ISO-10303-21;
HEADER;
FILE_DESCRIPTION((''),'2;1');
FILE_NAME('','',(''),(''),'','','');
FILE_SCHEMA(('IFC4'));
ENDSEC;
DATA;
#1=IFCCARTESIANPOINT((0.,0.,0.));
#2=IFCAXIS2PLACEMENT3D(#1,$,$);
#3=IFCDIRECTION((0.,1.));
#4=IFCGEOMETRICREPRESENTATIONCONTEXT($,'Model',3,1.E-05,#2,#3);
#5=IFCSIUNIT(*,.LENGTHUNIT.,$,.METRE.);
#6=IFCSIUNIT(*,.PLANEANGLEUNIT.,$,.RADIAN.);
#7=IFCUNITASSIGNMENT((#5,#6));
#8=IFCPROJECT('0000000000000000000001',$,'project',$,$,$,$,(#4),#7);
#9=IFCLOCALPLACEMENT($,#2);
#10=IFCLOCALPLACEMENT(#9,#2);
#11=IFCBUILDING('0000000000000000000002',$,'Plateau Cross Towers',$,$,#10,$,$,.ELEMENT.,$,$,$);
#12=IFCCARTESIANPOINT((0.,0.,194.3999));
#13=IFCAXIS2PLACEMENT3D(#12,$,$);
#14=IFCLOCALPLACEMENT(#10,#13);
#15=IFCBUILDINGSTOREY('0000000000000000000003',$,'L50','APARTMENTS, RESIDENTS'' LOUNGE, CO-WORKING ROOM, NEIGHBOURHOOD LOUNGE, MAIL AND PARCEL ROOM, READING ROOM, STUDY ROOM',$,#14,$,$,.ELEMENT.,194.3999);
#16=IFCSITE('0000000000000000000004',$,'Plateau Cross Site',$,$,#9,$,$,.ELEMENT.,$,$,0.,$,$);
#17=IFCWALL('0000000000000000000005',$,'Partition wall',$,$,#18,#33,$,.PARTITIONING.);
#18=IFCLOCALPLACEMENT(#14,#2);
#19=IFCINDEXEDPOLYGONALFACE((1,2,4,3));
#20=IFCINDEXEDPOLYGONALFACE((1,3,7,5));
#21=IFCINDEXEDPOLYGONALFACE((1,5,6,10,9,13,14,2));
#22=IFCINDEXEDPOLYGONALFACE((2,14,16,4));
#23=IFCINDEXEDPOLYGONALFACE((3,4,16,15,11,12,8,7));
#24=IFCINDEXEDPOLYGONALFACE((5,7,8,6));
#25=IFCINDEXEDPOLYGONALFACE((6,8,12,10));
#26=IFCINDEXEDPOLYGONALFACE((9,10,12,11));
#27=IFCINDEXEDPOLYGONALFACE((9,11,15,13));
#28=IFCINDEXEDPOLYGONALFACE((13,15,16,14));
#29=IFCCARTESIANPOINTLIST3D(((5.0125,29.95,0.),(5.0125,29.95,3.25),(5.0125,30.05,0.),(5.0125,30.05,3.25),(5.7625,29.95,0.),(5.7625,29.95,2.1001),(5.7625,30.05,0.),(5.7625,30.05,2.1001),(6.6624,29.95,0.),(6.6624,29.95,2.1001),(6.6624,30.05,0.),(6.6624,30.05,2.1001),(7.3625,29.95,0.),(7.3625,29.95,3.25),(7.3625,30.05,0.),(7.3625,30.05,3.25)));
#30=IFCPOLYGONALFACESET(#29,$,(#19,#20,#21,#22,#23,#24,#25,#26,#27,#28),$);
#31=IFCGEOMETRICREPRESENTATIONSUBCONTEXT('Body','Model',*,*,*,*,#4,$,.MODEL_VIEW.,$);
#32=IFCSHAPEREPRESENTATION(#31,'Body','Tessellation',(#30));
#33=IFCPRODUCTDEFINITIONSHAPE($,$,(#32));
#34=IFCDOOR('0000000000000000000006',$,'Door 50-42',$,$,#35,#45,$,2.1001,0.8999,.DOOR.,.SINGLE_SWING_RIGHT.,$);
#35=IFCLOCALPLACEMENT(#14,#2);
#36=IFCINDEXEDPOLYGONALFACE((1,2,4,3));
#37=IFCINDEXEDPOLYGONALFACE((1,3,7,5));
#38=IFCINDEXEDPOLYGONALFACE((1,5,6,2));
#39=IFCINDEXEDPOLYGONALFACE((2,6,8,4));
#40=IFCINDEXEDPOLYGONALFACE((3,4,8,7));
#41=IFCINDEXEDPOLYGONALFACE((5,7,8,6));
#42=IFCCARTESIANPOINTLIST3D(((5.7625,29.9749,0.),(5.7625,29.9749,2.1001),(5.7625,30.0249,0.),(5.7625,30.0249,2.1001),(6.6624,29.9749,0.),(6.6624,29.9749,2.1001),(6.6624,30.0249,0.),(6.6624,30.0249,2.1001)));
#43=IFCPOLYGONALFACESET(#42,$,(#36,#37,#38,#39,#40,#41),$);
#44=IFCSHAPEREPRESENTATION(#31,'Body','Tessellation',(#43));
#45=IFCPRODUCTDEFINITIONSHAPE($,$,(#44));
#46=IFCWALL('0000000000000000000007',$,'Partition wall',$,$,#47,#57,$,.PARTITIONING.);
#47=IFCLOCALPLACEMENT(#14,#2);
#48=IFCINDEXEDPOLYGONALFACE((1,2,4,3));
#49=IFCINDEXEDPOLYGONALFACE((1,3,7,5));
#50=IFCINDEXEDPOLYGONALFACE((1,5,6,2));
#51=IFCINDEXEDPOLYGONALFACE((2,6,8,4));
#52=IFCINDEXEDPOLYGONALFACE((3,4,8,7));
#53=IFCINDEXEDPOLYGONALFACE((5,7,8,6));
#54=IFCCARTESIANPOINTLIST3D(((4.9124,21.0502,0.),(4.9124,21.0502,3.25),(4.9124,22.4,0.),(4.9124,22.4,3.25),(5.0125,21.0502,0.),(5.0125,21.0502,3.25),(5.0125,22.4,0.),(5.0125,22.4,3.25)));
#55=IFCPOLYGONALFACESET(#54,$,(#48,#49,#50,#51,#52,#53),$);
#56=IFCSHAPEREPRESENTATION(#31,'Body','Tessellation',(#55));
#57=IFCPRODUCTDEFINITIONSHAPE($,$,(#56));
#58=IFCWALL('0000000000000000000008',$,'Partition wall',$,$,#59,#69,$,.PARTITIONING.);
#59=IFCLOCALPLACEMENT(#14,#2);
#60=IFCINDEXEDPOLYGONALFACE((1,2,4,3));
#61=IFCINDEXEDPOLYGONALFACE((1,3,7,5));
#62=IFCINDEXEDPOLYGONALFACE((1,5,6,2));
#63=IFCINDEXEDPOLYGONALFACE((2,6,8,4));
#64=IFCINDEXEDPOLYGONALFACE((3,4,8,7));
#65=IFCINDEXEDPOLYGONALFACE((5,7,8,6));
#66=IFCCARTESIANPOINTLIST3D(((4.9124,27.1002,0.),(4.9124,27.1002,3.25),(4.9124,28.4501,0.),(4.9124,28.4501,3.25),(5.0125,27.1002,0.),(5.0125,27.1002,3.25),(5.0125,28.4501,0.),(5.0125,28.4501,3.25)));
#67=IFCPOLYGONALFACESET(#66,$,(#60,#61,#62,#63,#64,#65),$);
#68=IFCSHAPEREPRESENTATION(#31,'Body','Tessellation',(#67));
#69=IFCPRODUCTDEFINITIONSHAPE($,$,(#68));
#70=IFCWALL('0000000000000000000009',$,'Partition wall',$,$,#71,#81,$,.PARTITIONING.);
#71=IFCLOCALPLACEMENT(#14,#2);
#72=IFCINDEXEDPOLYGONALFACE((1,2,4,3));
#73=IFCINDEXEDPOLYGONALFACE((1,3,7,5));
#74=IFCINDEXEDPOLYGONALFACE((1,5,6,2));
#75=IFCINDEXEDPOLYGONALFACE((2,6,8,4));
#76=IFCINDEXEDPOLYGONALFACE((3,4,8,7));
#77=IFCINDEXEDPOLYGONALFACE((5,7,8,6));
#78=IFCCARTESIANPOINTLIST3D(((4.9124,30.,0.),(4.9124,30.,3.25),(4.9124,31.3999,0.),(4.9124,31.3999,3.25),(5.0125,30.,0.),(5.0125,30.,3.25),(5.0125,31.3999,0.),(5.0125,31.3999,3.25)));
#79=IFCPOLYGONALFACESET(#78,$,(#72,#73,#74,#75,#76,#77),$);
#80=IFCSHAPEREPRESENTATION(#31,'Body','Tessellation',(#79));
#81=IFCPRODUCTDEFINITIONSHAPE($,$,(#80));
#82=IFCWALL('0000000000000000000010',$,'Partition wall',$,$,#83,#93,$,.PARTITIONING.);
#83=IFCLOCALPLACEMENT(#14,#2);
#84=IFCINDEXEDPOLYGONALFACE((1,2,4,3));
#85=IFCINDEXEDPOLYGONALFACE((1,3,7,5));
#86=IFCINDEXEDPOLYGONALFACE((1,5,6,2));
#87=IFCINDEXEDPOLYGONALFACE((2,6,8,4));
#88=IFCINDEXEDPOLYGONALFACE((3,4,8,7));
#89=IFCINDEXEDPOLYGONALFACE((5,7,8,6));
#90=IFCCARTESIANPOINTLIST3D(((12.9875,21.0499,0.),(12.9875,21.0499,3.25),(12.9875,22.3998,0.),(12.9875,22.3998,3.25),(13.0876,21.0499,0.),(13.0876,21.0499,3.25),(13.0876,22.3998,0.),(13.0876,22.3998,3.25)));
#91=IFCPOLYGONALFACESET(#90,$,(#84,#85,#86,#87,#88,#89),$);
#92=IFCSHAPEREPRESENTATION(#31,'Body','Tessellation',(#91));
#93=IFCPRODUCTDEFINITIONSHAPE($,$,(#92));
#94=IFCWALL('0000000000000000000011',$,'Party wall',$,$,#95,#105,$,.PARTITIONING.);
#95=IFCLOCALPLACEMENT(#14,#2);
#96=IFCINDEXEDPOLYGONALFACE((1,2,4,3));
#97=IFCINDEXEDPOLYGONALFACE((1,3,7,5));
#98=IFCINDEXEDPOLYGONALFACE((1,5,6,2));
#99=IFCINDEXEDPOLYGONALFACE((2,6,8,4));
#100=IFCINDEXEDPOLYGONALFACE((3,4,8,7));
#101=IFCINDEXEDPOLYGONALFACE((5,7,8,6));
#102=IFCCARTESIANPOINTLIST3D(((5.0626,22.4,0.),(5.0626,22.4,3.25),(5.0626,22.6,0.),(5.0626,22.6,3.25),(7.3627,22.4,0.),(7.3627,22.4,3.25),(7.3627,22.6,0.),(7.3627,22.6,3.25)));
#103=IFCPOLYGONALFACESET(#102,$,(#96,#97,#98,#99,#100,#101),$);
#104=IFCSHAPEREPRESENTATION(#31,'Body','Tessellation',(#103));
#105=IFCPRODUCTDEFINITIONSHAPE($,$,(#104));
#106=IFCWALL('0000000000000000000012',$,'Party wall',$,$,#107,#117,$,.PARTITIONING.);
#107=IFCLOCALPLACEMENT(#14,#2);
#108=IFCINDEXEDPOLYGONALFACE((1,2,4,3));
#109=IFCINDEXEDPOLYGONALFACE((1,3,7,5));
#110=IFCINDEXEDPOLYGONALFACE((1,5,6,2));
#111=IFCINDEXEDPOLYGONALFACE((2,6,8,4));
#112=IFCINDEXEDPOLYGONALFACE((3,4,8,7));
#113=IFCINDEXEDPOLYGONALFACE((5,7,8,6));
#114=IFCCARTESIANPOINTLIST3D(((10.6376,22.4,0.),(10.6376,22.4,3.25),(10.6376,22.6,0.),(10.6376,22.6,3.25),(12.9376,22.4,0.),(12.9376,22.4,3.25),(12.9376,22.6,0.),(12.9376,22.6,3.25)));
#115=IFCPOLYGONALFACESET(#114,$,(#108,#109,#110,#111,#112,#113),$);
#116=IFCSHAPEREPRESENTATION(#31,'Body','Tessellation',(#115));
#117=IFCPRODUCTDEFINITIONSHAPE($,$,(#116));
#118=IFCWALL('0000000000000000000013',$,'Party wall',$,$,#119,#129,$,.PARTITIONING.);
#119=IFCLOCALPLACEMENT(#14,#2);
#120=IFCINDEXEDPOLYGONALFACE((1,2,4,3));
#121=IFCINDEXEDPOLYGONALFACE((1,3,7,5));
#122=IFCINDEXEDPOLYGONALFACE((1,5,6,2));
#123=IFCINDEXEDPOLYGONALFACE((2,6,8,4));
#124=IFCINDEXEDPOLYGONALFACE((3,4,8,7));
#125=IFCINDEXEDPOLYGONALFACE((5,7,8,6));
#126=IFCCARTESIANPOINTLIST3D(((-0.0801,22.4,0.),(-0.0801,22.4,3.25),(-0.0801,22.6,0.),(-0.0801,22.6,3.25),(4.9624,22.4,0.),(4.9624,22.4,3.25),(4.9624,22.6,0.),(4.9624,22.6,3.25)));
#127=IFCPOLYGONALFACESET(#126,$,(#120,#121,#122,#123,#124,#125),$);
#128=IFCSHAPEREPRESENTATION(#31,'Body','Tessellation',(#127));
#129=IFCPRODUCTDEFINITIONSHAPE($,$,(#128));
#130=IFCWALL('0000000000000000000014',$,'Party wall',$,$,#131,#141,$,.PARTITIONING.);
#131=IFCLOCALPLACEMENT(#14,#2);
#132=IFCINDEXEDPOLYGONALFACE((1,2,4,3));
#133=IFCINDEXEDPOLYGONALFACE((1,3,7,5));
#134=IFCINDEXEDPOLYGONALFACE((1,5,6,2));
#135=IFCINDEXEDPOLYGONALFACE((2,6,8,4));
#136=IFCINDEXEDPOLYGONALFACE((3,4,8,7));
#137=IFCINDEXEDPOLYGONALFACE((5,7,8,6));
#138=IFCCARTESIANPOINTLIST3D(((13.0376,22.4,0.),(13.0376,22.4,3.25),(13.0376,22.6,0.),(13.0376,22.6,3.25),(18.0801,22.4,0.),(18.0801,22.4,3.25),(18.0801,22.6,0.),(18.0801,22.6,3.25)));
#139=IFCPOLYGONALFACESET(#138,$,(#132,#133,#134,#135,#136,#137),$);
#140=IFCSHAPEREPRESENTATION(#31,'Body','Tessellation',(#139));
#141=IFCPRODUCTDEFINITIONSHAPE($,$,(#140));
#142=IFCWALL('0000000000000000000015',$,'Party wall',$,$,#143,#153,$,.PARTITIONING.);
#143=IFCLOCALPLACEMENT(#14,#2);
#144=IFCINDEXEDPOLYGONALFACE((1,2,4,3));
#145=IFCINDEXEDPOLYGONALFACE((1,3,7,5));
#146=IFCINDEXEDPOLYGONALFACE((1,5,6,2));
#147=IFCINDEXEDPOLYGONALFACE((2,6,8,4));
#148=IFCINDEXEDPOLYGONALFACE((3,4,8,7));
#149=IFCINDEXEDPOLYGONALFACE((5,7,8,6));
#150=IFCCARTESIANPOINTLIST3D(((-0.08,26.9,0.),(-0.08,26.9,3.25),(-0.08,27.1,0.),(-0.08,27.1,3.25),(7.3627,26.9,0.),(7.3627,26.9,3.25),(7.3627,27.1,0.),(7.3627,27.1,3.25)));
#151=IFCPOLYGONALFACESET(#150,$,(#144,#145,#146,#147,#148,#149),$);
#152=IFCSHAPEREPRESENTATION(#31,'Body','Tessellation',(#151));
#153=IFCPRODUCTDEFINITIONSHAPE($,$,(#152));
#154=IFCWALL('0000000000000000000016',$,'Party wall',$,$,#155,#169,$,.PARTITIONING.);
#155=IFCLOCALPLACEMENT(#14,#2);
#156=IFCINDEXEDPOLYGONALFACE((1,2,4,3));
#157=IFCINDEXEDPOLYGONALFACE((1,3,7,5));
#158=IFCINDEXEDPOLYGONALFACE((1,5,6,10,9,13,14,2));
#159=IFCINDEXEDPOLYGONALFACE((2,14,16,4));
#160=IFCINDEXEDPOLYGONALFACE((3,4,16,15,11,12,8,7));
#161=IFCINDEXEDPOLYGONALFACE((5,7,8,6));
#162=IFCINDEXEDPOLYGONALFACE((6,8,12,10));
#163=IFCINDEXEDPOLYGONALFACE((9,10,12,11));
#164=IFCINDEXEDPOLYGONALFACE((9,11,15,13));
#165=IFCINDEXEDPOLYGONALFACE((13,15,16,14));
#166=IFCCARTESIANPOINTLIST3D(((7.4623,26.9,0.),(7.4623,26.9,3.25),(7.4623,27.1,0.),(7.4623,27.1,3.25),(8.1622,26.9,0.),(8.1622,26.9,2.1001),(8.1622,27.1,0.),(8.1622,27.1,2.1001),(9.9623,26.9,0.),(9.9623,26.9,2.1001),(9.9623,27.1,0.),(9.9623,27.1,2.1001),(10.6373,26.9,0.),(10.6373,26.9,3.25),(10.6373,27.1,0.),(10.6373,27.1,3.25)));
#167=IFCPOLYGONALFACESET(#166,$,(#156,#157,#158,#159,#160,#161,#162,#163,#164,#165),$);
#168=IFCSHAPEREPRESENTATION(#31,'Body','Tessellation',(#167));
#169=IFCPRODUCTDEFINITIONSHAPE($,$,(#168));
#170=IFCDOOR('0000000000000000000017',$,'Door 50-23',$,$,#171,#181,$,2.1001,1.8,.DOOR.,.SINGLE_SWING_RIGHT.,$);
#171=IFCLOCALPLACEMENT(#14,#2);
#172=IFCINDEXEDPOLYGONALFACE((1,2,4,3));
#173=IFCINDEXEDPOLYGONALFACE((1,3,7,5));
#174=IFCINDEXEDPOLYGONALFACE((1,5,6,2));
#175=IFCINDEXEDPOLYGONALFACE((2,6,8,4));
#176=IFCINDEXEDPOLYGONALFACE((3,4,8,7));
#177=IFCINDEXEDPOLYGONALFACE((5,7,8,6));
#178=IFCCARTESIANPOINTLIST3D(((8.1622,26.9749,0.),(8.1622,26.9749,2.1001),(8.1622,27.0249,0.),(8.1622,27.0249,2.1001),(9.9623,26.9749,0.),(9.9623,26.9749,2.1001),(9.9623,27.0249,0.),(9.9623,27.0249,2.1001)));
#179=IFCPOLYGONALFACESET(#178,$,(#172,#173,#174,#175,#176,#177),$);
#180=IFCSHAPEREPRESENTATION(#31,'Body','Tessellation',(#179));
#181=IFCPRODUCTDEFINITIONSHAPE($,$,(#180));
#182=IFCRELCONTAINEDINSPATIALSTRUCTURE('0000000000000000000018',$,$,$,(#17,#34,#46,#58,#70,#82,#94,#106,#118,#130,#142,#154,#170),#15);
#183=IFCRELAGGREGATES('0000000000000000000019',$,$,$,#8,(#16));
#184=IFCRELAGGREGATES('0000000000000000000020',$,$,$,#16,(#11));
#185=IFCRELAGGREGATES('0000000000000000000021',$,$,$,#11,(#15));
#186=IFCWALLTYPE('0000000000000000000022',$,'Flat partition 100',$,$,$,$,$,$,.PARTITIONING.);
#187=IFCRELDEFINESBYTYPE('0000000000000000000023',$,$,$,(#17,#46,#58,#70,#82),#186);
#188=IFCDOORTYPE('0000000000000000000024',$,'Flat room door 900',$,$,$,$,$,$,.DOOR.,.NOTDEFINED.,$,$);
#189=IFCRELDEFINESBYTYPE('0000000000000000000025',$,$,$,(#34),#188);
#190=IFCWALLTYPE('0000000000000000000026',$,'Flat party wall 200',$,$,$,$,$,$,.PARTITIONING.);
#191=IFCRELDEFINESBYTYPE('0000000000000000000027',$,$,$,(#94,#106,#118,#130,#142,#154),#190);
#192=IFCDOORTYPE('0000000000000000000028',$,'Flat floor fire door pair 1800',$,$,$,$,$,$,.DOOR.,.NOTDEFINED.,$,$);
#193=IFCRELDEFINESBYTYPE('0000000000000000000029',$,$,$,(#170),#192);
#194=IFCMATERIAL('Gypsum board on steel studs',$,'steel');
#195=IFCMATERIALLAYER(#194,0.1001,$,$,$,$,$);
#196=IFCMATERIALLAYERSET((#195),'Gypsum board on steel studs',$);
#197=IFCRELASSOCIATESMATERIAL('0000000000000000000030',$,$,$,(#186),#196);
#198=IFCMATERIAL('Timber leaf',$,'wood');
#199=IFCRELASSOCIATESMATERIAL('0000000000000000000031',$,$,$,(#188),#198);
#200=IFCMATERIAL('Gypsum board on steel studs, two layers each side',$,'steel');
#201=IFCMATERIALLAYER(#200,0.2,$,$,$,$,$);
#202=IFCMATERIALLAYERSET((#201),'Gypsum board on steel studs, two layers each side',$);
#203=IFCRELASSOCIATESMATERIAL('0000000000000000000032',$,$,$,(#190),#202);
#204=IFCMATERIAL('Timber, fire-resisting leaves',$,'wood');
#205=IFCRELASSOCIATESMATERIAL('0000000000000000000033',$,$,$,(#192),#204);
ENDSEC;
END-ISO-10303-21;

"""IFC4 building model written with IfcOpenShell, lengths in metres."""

from ifc_helpers import new_model, si_unit, direction, frame, frame_2d, origin, place, context, subcontext, project, spatial, rectangle, extrude, material, layer, layer_set, type_object, element, fill, save


model = new_model("IFC4")

# Units and contexts
model_context = context("Model", 3, precision=1e-05, world=origin(), true_north=direction((0.0, 1.0)))
body_context = subcontext(model_context, "Body", "Model", "MODEL_VIEW")
ifc_project = project(units=[si_unit("LENGTHUNIT", "METRE"), si_unit("PLANEANGLEUNIT", "RADIAN")], contexts=[model_context])

# Site, building, storey
site_placement = place(None, origin())
site = spatial("IfcSite", under=ifc_project, at=site_placement, Name="Plateau Cross Site", CompositionType="ELEMENT", RefElevation=0.0)
building_placement = place(site_placement, origin())
building = spatial("IfcBuilding", under=site, at=building_placement, Name="Plateau Cross Towers", CompositionType="ELEMENT")
storey_placement = place(building_placement, frame((0.0, 0.0, 194.3999)))
storey = spatial("IfcBuildingStorey", under=building, at=storey_placement, Name="L50", Description="APARTMENTS, RESIDENTS' LOUNGE, CO-WORKING ROOM, NEIGHBOURHOOD LOUNGE, MAIL AND PARCEL ROOM, READING ROOM, STUDY ROOM", CompositionType="ELEMENT", Elevation=194.3999)

# Wall, opening, door
ifc_material_1 = material(Name="Gypsum board on steel studs", Category="steel")
ifc_layer_1 = layer(ifc_material_1, 0.1001)
ifc_layer_set_1 = layer_set([ifc_layer_1], Name="Gypsum board on steel studs")
wall_type_1 = type_object("IfcWallType", Name="Flat partition 100", PredefinedType="PARTITIONING", material=ifc_layer_set_1)
ifc_material_2 = material(Name="Timber leaf", Category="wood")
door_type_1 = type_object("IfcDoorType", Name="Flat room door 900", OperationType="NOTDEFINED", PredefinedType="DOOR", material=ifc_material_2)
wall_1_placement = place(storey_placement, frame((5.0125, 30.0, 0.0), z_axis=(0.0, 0.0, 1.0), x_axis=(1.0, 0.0, 0.0)))
wall_1 = element("IfcWall", 1, at=wall_1_placement, inside=storey, type_object=wall_type_1, Name="Partition wall", PredefinedType="PARTITIONING", context=body_context, shape_type="SweptSolid", body=[
    extrude(rectangle(XDim=2.3501, YDim=0.1001, at=frame_2d((1.175, 0.0))), origin(), (0.0, 0.0, 1.0), 3.25),
])
opening_1_placement = place(wall_1_placement, frame((0.75, 0.0, 0.0)))
opening_1 = element("IfcOpeningElement", 2, at=opening_1_placement, cuts=wall_1, PredefinedType="OPENING", context=body_context, shape_type="SweptSolid", body=[
    extrude(rectangle(XDim=0.8999, YDim=2.1001, at=frame_2d((0.45, 1.05))), frame((0.0, 0.0601, 0.0), z_axis=(0.0, -1.0, 0.0), x_axis=(1.0, 0.0, 0.0)), (0.0, 0.0, 1.0), 0.1201),
])
door_1_placement = place(opening_1_placement, origin())
door_1 = element("IfcDoor", 3, at=door_1_placement, inside=storey, type_object=door_type_1, Name="Door 50-42", OperationType="SINGLE_SWING_RIGHT", OverallHeight=2.1001, OverallWidth=0.8999, PredefinedType="DOOR", context=body_context, shape_type="SweptSolid", body=[
    extrude(rectangle(XDim=0.8999, YDim=2.1001, at=frame_2d((0.45, 1.05))), frame((0.0, 0.0249, 0.0), z_axis=(0.0, -1.0, 0.0), x_axis=(1.0, 0.0, 0.0)), (0.0, 0.0, 1.0), 0.05),
])
fill(opening_1, door_1)

# Walls
for number, where, z_axis, x_axis, name in (
    (4, (4.9624, 22.3999, 0.0), (0.0, 0.0, 1.0), (0.0, -1.0, 0.0), "Partition wall"),
    (5, (4.9624, 28.45, 0.0), (0.0, 0.0, 1.0), (0.0, -1.0, 0.0), "Partition wall"),
):
    element("IfcWall", number, at=place(storey_placement, frame(where, z_axis=z_axis, x_axis=x_axis)), inside=storey, type_object=wall_type_1, Name=name, PredefinedType="PARTITIONING", context=body_context, shape_type="SweptSolid", body=[
        extrude(rectangle(XDim=1.3499, YDim=0.1001, at=frame_2d((0.6748, 0.0))), origin(), (0.0, 0.0, 1.0), 3.25),
    ])
wall_2_placement = place(storey_placement, frame((4.9624, 31.3999, 0.0), z_axis=(0.0, 0.0, 1.0), x_axis=(0.0, -1.0, 0.0)))
element("IfcWall", 6, at=wall_2_placement, inside=storey, type_object=wall_type_1, Name="Partition wall", PredefinedType="PARTITIONING", context=body_context, shape_type="SweptSolid", body=[
    extrude(rectangle(XDim=1.3999, YDim=0.1001, at=frame_2d((0.7, 0.0))), origin(), (0.0, 0.0, 1.0), 3.25),
])
wall_3_placement = place(storey_placement, frame((13.0376, 21.05, 0.0), z_axis=(0.0, 0.0, 1.0), x_axis=(0.0, 1.0, 0.0)))
element("IfcWall", 7, at=wall_3_placement, inside=storey, type_object=wall_type_1, Name="Partition wall", PredefinedType="PARTITIONING", context=body_context, shape_type="SweptSolid", body=[
    extrude(rectangle(XDim=1.3499, YDim=0.1001, at=frame_2d((0.6748, 0.0))), origin(), (0.0, 0.0, 1.0), 3.25),
])
ifc_material_3 = material(Name="Gypsum board on steel studs, two layers each side", Category="steel")
ifc_layer_2 = layer(ifc_material_3, 0.2)
ifc_layer_set_2 = layer_set([ifc_layer_2], Name="Gypsum board on steel studs, two layers each side")
wall_type_2 = type_object("IfcWallType", Name="Flat party wall 200", PredefinedType="PARTITIONING", material=ifc_layer_set_2)
for number, where, z_axis, x_axis, name in (
    (8, (7.3625, 22.5, 0.0), (0.0, 0.0, 1.0), (-1.0, 0.0, 0.0), "Party wall"),
    (9, (12.9375, 22.5, 0.0), (0.0, 0.0, 1.0), (-1.0, 0.0, 0.0), "Party wall"),
):
    element("IfcWall", number, at=place(storey_placement, frame(where, z_axis=z_axis, x_axis=x_axis)), inside=storey, type_object=wall_type_2, Name=name, PredefinedType="PARTITIONING", context=body_context, shape_type="SweptSolid", body=[
        extrude(rectangle(XDim=2.3, YDim=0.2, at=frame_2d((1.1499, 0.0))), origin(), (0.0, 0.0, 1.0), 3.25),
    ])
for number, where, z_axis, x_axis, name in (
    (10, (-0.0801, 22.5, 0.0), (0.0, 0.0, 1.0), (1.0, 0.0, 0.0), "Party wall"),
    (11, (13.0376, 22.5, 0.0), (0.0, 0.0, 1.0), (1.0, 0.0, 0.0), "Party wall"),
):
    element("IfcWall", number, at=place(storey_placement, frame(where, z_axis=z_axis, x_axis=x_axis)), inside=storey, type_object=wall_type_2, Name=name, PredefinedType="PARTITIONING", context=body_context, shape_type="SweptSolid", body=[
        extrude(rectangle(XDim=5.0425, YDim=0.2, at=frame_2d((2.5212, 0.0))), origin(), (0.0, 0.0, 1.0), 3.25),
    ])
wall_4_placement = place(storey_placement, frame((7.3625, 27.0, 0.0), z_axis=(0.0, 0.0, 1.0), x_axis=(-1.0, 0.0, 0.0)))
element("IfcWall", 12, at=wall_4_placement, inside=storey, type_object=wall_type_2, Name="Party wall", PredefinedType="PARTITIONING", context=body_context, shape_type="SweptSolid", body=[
    extrude(rectangle(XDim=7.4426, YDim=0.2, at=frame_2d((3.7212, 0.0))), origin(), (0.0, 0.0, 1.0), 3.25),
])

# Wall, opening, door
wall_5_placement = place(storey_placement, frame((7.4624, 27.0, 0.0), z_axis=(0.0, 0.0, 1.0), x_axis=(1.0, 0.0, 0.0)))
wall_5 = element("IfcWall", 13, at=wall_5_placement, inside=storey, type_object=wall_type_2, Name="Party wall", PredefinedType="PARTITIONING", context=body_context, shape_type="SweptSolid", body=[
    extrude(rectangle(XDim=3.175, YDim=0.2, at=frame_2d((1.5874, 0.0))), origin(), (0.0, 0.0, 1.0), 3.25),
])
opening_2_placement = place(wall_5_placement, frame((0.7, 0.0, 0.0)))
opening_2 = element("IfcOpeningElement", 14, at=opening_2_placement, cuts=wall_5, PredefinedType="OPENING", context=body_context, shape_type="SweptSolid", body=[
    extrude(rectangle(XDim=1.8, YDim=2.1001, at=frame_2d((0.8999, 1.05))), frame((0.0, 0.1099, 0.0), z_axis=(0.0, -1.0, 0.0), x_axis=(1.0, 0.0, 0.0)), (0.0, 0.0, 1.0), 0.22),
])
ifc_material_4 = material(Name="Timber, fire-resisting leaves", Category="wood")
door_type_2 = type_object("IfcDoorType", Name="Flat floor fire door pair 1800", OperationType="NOTDEFINED", PredefinedType="DOOR", material=ifc_material_4)
door_2_placement = place(opening_2_placement, origin())
door_2 = element("IfcDoor", 15, at=door_2_placement, inside=storey, type_object=door_type_2, Name="Door 50-23", OperationType="SINGLE_SWING_RIGHT", OverallHeight=2.1001, OverallWidth=1.8, PredefinedType="DOOR", context=body_context, shape_type="SweptSolid", body=[
    extrude(rectangle(XDim=1.8, YDim=2.1001, at=frame_2d((0.8999, 1.05))), frame((0.0, 0.0249, 0.0), z_axis=(0.0, -1.0, 0.0), x_axis=(1.0, 0.0, 0.0)), (0.0, 0.0, 1.0), 0.05),
])
fill(opening_2, door_2)

save(model, "model.ifc")
